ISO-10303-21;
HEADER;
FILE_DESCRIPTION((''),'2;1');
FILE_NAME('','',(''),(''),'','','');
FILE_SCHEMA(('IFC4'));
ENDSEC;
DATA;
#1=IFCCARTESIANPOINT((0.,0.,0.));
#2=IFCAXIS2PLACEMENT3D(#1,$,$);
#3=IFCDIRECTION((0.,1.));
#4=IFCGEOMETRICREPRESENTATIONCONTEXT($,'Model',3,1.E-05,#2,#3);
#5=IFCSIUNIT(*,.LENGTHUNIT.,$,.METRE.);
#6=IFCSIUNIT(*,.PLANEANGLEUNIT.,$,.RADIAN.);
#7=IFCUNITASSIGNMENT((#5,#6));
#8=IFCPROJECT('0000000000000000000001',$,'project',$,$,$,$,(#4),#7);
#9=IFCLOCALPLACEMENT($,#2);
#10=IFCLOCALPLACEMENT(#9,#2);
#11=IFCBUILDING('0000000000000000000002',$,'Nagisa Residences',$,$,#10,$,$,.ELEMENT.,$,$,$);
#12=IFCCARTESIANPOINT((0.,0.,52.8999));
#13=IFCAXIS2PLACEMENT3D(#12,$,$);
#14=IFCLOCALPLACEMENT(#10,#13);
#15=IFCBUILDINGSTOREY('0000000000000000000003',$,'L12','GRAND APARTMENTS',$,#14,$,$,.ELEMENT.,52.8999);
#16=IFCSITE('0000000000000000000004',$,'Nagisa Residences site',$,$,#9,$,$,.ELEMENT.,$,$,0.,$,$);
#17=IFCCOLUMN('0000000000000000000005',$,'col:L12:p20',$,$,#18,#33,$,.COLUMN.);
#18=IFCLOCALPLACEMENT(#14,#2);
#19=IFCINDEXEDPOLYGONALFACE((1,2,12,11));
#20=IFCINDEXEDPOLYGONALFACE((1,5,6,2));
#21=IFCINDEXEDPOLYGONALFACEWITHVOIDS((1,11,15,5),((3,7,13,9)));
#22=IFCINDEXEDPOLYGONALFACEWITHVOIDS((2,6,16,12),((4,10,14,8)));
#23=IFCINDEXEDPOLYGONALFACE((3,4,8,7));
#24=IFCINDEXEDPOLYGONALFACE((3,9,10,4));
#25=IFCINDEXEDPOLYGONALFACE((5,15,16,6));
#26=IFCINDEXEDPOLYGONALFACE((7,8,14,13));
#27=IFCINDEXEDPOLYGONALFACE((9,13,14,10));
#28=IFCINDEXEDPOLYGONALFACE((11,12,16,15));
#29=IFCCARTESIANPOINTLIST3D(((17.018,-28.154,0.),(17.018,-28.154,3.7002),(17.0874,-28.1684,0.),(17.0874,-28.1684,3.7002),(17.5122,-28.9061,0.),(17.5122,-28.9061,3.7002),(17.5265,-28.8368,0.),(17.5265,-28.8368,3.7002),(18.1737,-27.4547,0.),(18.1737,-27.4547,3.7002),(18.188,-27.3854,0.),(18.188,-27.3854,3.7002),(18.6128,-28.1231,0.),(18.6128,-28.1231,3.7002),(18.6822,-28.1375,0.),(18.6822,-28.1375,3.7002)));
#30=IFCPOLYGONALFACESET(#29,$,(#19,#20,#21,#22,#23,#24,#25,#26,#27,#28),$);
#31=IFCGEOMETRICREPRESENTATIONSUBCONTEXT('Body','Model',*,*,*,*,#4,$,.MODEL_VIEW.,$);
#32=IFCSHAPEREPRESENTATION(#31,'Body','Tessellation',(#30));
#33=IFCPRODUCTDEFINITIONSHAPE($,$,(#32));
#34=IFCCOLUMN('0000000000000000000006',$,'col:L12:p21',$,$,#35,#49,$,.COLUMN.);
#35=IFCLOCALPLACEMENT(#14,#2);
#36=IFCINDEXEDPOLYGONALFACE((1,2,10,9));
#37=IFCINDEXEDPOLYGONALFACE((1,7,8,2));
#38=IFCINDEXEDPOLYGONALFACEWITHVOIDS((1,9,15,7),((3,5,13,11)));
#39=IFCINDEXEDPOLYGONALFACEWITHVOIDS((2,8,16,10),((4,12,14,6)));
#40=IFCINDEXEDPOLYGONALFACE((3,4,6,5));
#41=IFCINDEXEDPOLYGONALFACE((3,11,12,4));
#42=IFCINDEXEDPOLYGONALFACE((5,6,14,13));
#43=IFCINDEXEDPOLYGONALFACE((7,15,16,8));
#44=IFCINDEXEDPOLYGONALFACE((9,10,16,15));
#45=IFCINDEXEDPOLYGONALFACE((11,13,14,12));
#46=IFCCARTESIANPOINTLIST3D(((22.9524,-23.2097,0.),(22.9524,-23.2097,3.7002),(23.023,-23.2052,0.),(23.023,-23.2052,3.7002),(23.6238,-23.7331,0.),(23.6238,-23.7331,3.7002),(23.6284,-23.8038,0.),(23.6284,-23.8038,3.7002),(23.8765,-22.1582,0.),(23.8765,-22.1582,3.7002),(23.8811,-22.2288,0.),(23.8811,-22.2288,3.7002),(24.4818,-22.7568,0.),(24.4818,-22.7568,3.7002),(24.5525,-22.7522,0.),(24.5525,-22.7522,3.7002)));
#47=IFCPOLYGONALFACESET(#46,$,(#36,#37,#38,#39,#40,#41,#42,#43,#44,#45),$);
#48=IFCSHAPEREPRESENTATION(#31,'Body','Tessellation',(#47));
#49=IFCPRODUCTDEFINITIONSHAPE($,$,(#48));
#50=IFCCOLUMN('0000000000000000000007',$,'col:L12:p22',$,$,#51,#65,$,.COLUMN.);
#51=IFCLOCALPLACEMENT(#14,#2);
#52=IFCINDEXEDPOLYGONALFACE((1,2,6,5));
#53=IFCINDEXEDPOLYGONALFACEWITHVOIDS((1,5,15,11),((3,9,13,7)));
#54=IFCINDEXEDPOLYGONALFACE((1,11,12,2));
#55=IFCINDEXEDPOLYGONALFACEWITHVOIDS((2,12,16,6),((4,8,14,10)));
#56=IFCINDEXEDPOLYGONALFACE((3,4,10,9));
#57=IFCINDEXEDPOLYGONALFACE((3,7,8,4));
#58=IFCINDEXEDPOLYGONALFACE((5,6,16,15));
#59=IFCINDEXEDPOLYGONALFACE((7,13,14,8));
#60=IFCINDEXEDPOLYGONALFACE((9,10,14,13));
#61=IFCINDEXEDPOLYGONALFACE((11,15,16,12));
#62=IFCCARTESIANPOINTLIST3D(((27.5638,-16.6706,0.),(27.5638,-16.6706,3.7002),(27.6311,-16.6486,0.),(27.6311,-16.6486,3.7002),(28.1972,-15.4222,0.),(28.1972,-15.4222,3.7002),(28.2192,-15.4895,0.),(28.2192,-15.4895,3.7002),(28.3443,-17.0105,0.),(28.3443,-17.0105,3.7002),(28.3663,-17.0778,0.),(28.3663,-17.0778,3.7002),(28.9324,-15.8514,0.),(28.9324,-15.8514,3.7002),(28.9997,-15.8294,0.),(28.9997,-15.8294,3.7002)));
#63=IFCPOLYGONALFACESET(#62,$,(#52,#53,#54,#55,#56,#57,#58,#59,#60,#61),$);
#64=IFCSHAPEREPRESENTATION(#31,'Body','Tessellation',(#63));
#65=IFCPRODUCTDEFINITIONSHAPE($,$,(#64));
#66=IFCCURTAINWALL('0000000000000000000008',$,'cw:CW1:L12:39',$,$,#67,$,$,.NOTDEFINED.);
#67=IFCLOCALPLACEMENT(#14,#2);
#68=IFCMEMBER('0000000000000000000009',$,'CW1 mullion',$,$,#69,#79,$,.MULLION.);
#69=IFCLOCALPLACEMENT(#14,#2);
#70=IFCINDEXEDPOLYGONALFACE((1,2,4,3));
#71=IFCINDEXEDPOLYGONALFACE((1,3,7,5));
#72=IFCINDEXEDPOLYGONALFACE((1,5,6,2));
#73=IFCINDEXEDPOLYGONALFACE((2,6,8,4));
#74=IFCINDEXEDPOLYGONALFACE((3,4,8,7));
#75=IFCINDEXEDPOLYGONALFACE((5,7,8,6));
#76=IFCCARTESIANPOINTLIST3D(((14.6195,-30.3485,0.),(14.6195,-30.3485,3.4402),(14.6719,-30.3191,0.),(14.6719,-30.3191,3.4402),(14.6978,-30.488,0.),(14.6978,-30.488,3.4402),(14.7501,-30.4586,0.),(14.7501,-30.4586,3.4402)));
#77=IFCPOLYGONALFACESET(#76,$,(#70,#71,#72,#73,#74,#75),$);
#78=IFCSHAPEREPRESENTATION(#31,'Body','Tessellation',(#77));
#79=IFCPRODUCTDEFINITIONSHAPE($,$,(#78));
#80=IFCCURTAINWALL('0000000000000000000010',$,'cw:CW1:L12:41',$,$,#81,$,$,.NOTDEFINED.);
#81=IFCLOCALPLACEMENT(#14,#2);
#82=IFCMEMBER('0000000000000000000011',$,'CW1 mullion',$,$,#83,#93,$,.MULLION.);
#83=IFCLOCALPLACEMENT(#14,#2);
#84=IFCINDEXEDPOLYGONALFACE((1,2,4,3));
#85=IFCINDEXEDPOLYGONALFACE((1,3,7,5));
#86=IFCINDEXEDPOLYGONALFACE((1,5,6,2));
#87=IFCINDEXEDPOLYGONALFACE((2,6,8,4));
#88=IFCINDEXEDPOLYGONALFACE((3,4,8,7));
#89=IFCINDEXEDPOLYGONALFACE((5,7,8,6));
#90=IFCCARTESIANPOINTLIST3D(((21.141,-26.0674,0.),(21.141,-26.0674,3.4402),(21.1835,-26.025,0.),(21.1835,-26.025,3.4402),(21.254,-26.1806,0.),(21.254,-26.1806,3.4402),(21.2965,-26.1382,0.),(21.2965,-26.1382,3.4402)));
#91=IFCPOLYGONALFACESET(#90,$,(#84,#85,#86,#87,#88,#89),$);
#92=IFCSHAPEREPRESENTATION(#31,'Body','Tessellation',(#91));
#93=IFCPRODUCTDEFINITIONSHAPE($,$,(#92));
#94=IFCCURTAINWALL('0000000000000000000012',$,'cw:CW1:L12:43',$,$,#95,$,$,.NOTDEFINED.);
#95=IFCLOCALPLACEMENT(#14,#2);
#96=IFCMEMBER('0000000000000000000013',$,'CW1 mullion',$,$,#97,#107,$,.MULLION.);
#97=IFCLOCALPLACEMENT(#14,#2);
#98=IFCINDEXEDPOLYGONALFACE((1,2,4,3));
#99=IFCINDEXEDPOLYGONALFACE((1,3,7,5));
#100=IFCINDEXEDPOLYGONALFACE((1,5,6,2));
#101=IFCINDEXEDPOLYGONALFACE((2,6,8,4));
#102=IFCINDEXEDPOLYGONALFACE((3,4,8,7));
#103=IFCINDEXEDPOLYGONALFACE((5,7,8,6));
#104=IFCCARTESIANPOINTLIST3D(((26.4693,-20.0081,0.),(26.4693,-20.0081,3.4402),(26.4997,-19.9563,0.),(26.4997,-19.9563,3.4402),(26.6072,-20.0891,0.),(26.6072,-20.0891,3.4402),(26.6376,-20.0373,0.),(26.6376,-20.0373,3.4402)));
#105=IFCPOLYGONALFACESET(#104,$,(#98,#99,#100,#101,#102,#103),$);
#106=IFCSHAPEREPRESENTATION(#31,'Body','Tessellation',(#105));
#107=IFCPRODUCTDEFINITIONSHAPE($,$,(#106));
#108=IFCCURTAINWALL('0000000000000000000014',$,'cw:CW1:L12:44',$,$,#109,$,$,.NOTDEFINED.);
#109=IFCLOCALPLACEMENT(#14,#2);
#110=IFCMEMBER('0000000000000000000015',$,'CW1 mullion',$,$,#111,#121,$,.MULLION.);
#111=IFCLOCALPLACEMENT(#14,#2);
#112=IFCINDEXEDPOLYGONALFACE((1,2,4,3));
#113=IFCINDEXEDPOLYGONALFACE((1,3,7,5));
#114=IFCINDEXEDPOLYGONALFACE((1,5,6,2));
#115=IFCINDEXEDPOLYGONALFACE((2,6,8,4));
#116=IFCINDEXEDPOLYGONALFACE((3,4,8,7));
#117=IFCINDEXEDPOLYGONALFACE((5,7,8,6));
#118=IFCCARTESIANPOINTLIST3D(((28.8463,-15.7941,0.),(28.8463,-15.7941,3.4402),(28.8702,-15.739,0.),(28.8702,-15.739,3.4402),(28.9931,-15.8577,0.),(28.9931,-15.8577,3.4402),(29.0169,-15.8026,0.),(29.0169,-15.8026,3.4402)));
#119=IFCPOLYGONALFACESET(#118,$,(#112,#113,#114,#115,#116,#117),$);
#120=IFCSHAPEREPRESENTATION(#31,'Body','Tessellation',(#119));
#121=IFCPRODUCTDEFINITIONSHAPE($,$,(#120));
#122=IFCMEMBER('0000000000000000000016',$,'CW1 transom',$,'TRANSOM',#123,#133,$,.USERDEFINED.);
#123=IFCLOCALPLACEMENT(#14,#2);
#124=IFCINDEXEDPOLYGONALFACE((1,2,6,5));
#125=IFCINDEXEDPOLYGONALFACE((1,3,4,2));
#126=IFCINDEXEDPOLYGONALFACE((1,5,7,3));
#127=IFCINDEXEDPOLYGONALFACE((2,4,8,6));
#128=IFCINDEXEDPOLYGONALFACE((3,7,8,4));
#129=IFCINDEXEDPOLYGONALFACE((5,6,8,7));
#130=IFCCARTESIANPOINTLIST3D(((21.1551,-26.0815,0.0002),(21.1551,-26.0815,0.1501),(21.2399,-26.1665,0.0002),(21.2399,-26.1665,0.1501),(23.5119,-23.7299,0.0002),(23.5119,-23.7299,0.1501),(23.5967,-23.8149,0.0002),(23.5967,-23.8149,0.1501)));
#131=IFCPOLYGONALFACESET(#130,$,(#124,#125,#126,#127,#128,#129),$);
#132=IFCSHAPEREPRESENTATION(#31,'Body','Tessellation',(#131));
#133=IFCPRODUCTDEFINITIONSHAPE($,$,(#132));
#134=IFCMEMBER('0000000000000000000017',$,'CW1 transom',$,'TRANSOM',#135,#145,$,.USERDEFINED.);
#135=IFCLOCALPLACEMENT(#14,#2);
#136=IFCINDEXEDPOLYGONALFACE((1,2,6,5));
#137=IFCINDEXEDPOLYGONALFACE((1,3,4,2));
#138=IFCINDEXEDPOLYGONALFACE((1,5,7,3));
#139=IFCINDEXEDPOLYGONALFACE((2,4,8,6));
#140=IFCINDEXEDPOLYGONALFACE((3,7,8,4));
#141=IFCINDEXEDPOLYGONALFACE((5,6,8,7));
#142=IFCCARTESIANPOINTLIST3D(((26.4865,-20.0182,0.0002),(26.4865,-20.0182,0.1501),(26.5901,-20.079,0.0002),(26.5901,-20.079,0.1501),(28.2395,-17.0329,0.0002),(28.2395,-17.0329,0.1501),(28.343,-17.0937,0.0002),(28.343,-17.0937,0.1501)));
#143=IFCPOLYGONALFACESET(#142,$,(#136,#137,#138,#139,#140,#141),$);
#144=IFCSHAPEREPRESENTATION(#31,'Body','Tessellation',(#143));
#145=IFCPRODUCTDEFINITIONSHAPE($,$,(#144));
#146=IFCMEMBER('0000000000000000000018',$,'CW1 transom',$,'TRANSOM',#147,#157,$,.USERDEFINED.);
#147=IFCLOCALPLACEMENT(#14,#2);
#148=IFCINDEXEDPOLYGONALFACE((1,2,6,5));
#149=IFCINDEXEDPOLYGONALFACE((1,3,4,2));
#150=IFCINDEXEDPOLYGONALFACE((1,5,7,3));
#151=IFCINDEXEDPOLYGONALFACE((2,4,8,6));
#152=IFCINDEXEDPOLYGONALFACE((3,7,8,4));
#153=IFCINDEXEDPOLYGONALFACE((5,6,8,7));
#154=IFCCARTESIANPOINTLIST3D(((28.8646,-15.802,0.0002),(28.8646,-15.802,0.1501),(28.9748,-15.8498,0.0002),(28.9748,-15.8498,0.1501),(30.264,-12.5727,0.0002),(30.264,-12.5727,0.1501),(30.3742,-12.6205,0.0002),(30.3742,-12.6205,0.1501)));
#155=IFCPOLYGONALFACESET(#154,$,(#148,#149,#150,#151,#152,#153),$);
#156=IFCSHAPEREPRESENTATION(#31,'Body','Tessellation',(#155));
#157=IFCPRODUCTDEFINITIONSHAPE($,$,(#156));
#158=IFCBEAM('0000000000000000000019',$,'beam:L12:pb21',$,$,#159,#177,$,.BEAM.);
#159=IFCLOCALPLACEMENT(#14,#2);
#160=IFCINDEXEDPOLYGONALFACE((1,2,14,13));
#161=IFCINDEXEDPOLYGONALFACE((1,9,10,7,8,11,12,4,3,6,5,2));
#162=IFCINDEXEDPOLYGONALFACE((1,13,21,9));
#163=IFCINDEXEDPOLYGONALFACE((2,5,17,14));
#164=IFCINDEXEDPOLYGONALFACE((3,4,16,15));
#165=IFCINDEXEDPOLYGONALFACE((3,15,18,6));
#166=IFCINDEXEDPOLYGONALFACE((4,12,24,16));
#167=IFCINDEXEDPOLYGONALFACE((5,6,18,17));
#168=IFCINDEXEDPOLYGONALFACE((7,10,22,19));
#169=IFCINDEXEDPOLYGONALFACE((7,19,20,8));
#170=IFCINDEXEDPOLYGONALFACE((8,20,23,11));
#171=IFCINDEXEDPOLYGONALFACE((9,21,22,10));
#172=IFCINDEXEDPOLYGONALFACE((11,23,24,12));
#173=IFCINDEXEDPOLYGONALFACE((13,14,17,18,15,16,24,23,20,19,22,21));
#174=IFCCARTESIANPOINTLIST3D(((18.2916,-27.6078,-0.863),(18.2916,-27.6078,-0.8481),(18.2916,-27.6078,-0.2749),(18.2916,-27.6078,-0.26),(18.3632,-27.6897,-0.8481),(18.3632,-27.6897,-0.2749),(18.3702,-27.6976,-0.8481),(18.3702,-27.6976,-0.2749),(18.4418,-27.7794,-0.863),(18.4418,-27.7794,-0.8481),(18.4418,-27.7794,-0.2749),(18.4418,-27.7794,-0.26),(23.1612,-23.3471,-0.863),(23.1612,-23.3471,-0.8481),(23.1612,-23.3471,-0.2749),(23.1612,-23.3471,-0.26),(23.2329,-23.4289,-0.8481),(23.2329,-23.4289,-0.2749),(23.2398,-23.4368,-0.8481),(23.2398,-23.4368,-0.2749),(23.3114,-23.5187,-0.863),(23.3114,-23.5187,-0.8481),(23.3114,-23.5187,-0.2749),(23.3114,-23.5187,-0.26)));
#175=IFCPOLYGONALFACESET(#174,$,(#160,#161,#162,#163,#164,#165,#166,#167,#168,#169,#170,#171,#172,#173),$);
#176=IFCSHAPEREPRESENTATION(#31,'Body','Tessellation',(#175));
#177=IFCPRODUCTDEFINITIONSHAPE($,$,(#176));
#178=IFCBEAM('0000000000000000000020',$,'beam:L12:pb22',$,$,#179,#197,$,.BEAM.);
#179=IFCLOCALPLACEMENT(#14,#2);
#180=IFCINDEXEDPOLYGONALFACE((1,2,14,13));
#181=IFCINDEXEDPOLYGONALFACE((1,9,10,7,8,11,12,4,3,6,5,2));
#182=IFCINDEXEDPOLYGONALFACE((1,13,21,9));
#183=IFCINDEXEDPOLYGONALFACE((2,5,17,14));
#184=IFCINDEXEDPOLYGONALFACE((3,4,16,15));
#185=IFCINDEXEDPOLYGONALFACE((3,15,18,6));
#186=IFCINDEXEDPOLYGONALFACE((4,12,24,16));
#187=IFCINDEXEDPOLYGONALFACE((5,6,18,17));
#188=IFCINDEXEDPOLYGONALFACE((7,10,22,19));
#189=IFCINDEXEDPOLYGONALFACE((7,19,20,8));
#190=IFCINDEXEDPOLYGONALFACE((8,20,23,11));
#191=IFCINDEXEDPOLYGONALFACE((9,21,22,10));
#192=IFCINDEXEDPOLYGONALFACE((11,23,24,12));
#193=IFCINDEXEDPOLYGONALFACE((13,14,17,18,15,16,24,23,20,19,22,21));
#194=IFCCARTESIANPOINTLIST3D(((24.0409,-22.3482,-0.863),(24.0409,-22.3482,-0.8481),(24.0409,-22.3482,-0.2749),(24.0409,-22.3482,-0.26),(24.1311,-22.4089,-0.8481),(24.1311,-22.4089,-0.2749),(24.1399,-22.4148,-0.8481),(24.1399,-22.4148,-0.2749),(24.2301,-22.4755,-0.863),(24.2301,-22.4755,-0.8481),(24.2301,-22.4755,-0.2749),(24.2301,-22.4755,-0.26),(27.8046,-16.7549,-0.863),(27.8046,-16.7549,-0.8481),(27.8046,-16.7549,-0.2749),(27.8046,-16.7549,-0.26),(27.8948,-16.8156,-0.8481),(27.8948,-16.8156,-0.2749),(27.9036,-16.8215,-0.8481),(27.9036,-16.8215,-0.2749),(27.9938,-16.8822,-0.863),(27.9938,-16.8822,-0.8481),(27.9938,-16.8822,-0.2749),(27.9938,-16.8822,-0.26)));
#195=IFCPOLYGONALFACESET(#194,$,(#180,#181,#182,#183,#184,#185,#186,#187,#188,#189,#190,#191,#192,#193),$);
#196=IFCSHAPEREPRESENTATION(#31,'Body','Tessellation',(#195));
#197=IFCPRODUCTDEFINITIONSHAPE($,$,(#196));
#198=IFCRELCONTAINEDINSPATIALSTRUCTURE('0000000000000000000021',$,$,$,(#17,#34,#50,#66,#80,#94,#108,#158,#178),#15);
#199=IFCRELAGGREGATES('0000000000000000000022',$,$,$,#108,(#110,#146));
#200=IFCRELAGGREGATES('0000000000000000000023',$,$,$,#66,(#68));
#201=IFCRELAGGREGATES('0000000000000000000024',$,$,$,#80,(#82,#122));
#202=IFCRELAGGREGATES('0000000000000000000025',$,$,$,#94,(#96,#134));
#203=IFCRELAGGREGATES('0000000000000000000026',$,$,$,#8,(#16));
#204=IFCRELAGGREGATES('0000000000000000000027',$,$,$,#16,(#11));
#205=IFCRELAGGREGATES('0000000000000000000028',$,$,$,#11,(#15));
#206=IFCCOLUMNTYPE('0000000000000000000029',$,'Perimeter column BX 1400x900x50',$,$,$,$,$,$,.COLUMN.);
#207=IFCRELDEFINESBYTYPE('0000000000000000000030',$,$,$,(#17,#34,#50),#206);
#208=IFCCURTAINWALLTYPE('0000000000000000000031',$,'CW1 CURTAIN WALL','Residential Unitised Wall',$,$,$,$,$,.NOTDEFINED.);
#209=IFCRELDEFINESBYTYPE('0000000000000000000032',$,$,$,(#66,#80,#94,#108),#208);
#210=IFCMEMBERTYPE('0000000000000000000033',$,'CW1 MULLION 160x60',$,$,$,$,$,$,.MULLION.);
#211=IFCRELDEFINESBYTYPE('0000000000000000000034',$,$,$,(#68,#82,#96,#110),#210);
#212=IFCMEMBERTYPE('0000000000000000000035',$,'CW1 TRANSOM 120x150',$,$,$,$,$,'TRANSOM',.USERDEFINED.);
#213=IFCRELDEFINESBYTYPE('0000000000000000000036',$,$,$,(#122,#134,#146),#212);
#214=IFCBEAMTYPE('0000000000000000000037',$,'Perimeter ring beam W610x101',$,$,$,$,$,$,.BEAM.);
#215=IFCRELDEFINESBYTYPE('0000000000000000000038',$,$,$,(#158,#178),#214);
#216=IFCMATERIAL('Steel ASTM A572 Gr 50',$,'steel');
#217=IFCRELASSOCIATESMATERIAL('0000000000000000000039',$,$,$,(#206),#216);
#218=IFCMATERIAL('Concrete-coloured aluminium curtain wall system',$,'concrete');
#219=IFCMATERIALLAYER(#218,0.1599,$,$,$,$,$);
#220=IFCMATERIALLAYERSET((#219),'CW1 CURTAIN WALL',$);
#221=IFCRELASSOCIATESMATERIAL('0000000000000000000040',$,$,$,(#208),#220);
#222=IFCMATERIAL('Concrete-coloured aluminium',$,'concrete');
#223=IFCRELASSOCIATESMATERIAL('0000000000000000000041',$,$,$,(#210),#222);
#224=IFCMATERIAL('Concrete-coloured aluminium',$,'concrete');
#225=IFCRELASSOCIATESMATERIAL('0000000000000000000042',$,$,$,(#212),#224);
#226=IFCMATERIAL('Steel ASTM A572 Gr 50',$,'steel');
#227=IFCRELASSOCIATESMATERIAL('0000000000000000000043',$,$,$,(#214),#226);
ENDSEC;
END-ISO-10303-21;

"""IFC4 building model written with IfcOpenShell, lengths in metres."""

from ifc_helpers import new_model, si_unit, direction, frame, origin, origin_2d, place, context, subcontext, project, spatial, rectangle, hollow_rectangle, i_section, extrude, material, layer, layer_set, material_profile, profile_set, type_object, element, aggregate, save


model = new_model("IFC4")

# Units and contexts
model_context = context("Model", 3, precision=1e-05, world=origin(), true_north=direction((0.0, 1.0)))
body_context = subcontext(model_context, "Body", "Model", "MODEL_VIEW")
ifc_project = project(units=[si_unit("LENGTHUNIT", "METRE"), si_unit("PLANEANGLEUNIT", "RADIAN")], contexts=[model_context])

# Site, building, storey
site_placement = place(None, origin())
site = spatial("IfcSite", under=ifc_project, at=site_placement, Name="Nagisa Residences site", CompositionType="ELEMENT", RefElevation=0.0)
building_placement = place(site_placement, origin())
building = spatial("IfcBuilding", under=site, at=building_placement, Name="Nagisa Residences", CompositionType="ELEMENT")
storey_placement = place(building_placement, frame((0.0, 0.0, 52.8999)))
storey = spatial("IfcBuildingStorey", under=building, at=storey_placement, Name="L12", Description="GRAND APARTMENTS", CompositionType="ELEMENT", Elevation=52.8999)

# Columns
ifc_material_1 = material(Name="Steel ASTM A572 Gr 50", Category="steel")
ifc_material_profile_1 = material_profile(ifc_material_1, hollow_rectangle(XDim=1.3999, YDim=0.8999, WallThickness=0.05, at=origin_2d()), Name="BX 1400x900x50")
ifc_profile_set_1 = profile_set([ifc_material_profile_1], Name="Steel ASTM A572 Gr 50")
column_type = type_object("IfcColumnType", Name="Perimeter column BX 1400x900x50", PredefinedType="COLUMN", material=ifc_profile_set_1)
for number, where, z_axis, x_axis, name in (
    (1, (17.8501, -28.1458, 0.0), (0.0, 0.0, 1.0), (0.835766, 0.549086, 0.0), "col:L12:p20"),
    (2, (23.7524, -22.981, 0.0), (0.0, 0.0, 1.0), (0.660115, 0.751165, 0.0), "col:L12:p21"),
    (3, (28.2817, -16.25, 0.0), (0.0, 0.0, 1.0), (0.452463, 0.891783, 0.0), "col:L12:p22"),
):
    element("IfcColumn", number, at=place(storey_placement, frame(where, z_axis=z_axis, x_axis=x_axis)), inside=storey, type_object=column_type, Name=name, PredefinedType="COLUMN", context=body_context, shape_type="SweptSolid", body=[
        extrude(hollow_rectangle(XDim=1.3999, YDim=0.8999, WallThickness=0.05, at=origin_2d()), origin(), (0.0, 0.0, 1.0), 3.7002),
    ])

# Curtain walls, members
ifc_material_2 = material(Name="Concrete-coloured aluminium curtain wall system", Category="concrete")
ifc_layer_1 = layer(ifc_material_2, 0.1599)
ifc_layer_set_1 = layer_set([ifc_layer_1], Name="CW1 CURTAIN WALL")
curtain_wall_type = type_object("IfcCurtainWallType", Name="CW1 CURTAIN WALL", Description="Residential Unitised Wall", PredefinedType="NOTDEFINED", material=ifc_layer_set_1)
curtain_wall_1_placement = place(storey_placement, origin())
curtain_wall_1 = element("IfcCurtainWall", 4, at=curtain_wall_1_placement, inside=storey, type_object=curtain_wall_type, Name="cw:CW1:L12:39", PredefinedType="NOTDEFINED")
ifc_material_3 = material(Name="Concrete-coloured aluminium", Category="concrete")
ifc_material_profile_2 = material_profile(ifc_material_3, rectangle(XDim=0.1599, YDim=0.0601, at=origin_2d()), Name="CW1 MULLION 160x60")
ifc_profile_set_2 = profile_set([ifc_material_profile_2], Name="Concrete-coloured aluminium")
member_type_1 = type_object("IfcMemberType", Name="CW1 MULLION 160x60", PredefinedType="MULLION", material=ifc_profile_set_2)
member_1_placement = place(storey_placement, frame((14.6848, -30.4036, 0.0), z_axis=(0.0, 0.0, 1.0), x_axis=(-0.489377, 0.872072, 0.0)))
member_1 = element("IfcMember", 5, at=member_1_placement, type_object=member_type_1, Name="CW1 mullion", PredefinedType="MULLION", context=body_context, shape_type="SweptSolid", body=[
    extrude(rectangle(XDim=0.1599, YDim=0.0601, at=origin_2d()), origin(), (0.0, 0.0, 1.0), 3.4402),
])
curtain_wall_2_placement = place(storey_placement, origin())
curtain_wall_2 = element("IfcCurtainWall", 6, at=curtain_wall_2_placement, inside=storey, type_object=curtain_wall_type, Name="cw:CW1:L12:41", PredefinedType="NOTDEFINED")
member_2_placement = place(storey_placement, frame((21.2188, -26.1028, 0.0), z_axis=(0.0, 0.0, 1.0), x_axis=(-0.706377, 0.707836, 0.0)))
member_2 = element("IfcMember", 7, at=member_2_placement, type_object=member_type_1, Name="CW1 mullion", PredefinedType="MULLION", context=body_context, shape_type="SweptSolid", body=[
    extrude(rectangle(XDim=0.1599, YDim=0.0601, at=origin_2d()), origin(), (0.0, 0.0, 1.0), 3.4402),
])
curtain_wall_3_placement = place(storey_placement, origin())
curtain_wall_3 = element("IfcCurtainWall", 8, at=curtain_wall_3_placement, inside=storey, type_object=curtain_wall_type, Name="cw:CW1:L12:43", PredefinedType="NOTDEFINED")
member_3_placement = place(storey_placement, frame((26.5535, -20.0227, 0.0), z_axis=(0.0, 0.0, 1.0), x_axis=(-0.862329, 0.506349, 0.0)))
member_3 = element("IfcMember", 9, at=member_3_placement, type_object=member_type_1, Name="CW1 mullion", PredefinedType="MULLION", context=body_context, shape_type="SweptSolid", body=[
    extrude(rectangle(XDim=0.1599, YDim=0.0601, at=origin_2d()), origin(), (0.0, 0.0, 1.0), 3.4402),
])
curtain_wall_4_placement = place(storey_placement, origin())
curtain_wall_4 = element("IfcCurtainWall", 10, at=curtain_wall_4_placement, inside=storey, type_object=curtain_wall_type, Name="cw:CW1:L12:44", PredefinedType="NOTDEFINED")
member_4_placement = place(storey_placement, frame((28.9316, -15.7983, 0.0), z_axis=(0.0, 0.0, 1.0), x_axis=(-0.917543, 0.397636, 0.0)))
member_4 = element("IfcMember", 11, at=member_4_placement, type_object=member_type_1, Name="CW1 mullion", PredefinedType="MULLION", context=body_context, shape_type="SweptSolid", body=[
    extrude(rectangle(XDim=0.1599, YDim=0.0601, at=origin_2d()), origin(), (0.0, 0.0, 1.0), 3.4402),
])

# Members
ifc_material_4 = material(Name="Concrete-coloured aluminium", Category="concrete")
ifc_material_profile_3 = material_profile(ifc_material_4, rectangle(XDim=0.1201, YDim=0.1499, at=origin_2d()), Name="CW1 TRANSOM 120x150")
ifc_profile_set_3 = profile_set([ifc_material_profile_3], Name="Concrete-coloured aluminium")
member_type_2 = type_object("IfcMemberType", Name="CW1 TRANSOM 120x150", ElementType="TRANSOM", PredefinedType="USERDEFINED", material=ifc_profile_set_3)
member_5_placement = place(storey_placement, frame((21.1975, -26.124, 0.0752), z_axis=(0.707876, 0.706336, 0.0), x_axis=(-0.706336, 0.707876, 0.0)))
member_5 = element("IfcMember", 12, at=member_5_placement, type_object=member_type_2, Name="CW1 transom", ObjectType="TRANSOM", PredefinedType="USERDEFINED", context=body_context, shape_type="SweptSolid", body=[
    extrude(rectangle(XDim=0.1201, YDim=0.1499, at=origin_2d()), origin(), (0.0, 0.0, 1.0), 3.3293),
])
member_6_placement = place(storey_placement, frame((26.5383, -20.0486, 0.0752), z_axis=(0.506342, 0.862333, 0.0), x_axis=(-0.862333, 0.506342, 0.0)))
member_6 = element("IfcMember", 13, at=member_6_placement, type_object=member_type_2, Name="CW1 transom", ObjectType="TRANSOM", PredefinedType="USERDEFINED", context=body_context, shape_type="SweptSolid", body=[
    extrude(rectangle(XDim=0.1201, YDim=0.1499, at=origin_2d()), origin(), (0.0, 0.0, 1.0), 3.4619),
])
member_7_placement = place(storey_placement, frame((28.9197, -15.8259, 0.0752), z_axis=(0.397625, 0.917548, 0.0), x_axis=(-0.917548, 0.397625, 0.0)))
member_7 = element("IfcMember", 14, at=member_7_placement, type_object=member_type_2, Name="CW1 transom", ObjectType="TRANSOM", PredefinedType="USERDEFINED", context=body_context, shape_type="SweptSolid", body=[
    extrude(rectangle(XDim=0.1201, YDim=0.1499, at=origin_2d()), origin(), (0.0, 0.0, 1.0), 3.5195),
])
aggregate(curtain_wall_4, [member_4, member_7])

# Beams
ifc_material_5 = material(Name="Steel ASTM A572 Gr 50", Category="steel")
ifc_material_profile_4 = material_profile(ifc_material_5, i_section(OverallWidth=0.228, OverallDepth=0.603, WebThickness=0.0105, FlangeThickness=0.0149, at=origin_2d()), Name="W610x101")
ifc_profile_set_4 = profile_set([ifc_material_profile_4], Name="Steel ASTM A572 Gr 50")
beam_type_1 = type_object("IfcBeamType", Name="Perimeter ring beam W610x101", PredefinedType="BEAM", material=ifc_profile_set_4)
beam_1_placement = place(storey_placement, frame((18.3667, -27.6936, -0.5615), z_axis=(0.752591, 0.658489, 0.0), x_axis=(-0.658489, 0.752591, 0.0)))
element("IfcBeam", 15, at=beam_1_placement, inside=storey, type_object=beam_type_1, Name="beam:L12:pb21", PredefinedType="BEAM", context=body_context, shape_type="SweptSolid", body=[
    extrude(i_section(OverallWidth=0.228, OverallDepth=0.603, WebThickness=0.0105, FlangeThickness=0.0149, at=origin_2d()), origin(), (0.0, 0.0, 1.0), 6.4705),
])
beam_2_placement = place(storey_placement, frame((24.1355, -22.4119, -0.5615), z_axis=(0.558272, 0.829658, 0.0), x_axis=(-0.829658, 0.558272, 0.0)))
element("IfcBeam", 16, at=beam_2_placement, inside=storey, type_object=beam_type_1, Name="beam:L12:pb22", PredefinedType="BEAM", context=body_context, shape_type="SweptSolid", body=[
    extrude(i_section(OverallWidth=0.228, OverallDepth=0.603, WebThickness=0.0105, FlangeThickness=0.0149, at=origin_2d()), origin(), (0.0, 0.0, 1.0), 6.7417),
])

aggregate(curtain_wall_1, [member_1])
aggregate(curtain_wall_2, [member_2, member_5])
aggregate(curtain_wall_3, [member_3, member_6])

save(model, "model.ifc")
